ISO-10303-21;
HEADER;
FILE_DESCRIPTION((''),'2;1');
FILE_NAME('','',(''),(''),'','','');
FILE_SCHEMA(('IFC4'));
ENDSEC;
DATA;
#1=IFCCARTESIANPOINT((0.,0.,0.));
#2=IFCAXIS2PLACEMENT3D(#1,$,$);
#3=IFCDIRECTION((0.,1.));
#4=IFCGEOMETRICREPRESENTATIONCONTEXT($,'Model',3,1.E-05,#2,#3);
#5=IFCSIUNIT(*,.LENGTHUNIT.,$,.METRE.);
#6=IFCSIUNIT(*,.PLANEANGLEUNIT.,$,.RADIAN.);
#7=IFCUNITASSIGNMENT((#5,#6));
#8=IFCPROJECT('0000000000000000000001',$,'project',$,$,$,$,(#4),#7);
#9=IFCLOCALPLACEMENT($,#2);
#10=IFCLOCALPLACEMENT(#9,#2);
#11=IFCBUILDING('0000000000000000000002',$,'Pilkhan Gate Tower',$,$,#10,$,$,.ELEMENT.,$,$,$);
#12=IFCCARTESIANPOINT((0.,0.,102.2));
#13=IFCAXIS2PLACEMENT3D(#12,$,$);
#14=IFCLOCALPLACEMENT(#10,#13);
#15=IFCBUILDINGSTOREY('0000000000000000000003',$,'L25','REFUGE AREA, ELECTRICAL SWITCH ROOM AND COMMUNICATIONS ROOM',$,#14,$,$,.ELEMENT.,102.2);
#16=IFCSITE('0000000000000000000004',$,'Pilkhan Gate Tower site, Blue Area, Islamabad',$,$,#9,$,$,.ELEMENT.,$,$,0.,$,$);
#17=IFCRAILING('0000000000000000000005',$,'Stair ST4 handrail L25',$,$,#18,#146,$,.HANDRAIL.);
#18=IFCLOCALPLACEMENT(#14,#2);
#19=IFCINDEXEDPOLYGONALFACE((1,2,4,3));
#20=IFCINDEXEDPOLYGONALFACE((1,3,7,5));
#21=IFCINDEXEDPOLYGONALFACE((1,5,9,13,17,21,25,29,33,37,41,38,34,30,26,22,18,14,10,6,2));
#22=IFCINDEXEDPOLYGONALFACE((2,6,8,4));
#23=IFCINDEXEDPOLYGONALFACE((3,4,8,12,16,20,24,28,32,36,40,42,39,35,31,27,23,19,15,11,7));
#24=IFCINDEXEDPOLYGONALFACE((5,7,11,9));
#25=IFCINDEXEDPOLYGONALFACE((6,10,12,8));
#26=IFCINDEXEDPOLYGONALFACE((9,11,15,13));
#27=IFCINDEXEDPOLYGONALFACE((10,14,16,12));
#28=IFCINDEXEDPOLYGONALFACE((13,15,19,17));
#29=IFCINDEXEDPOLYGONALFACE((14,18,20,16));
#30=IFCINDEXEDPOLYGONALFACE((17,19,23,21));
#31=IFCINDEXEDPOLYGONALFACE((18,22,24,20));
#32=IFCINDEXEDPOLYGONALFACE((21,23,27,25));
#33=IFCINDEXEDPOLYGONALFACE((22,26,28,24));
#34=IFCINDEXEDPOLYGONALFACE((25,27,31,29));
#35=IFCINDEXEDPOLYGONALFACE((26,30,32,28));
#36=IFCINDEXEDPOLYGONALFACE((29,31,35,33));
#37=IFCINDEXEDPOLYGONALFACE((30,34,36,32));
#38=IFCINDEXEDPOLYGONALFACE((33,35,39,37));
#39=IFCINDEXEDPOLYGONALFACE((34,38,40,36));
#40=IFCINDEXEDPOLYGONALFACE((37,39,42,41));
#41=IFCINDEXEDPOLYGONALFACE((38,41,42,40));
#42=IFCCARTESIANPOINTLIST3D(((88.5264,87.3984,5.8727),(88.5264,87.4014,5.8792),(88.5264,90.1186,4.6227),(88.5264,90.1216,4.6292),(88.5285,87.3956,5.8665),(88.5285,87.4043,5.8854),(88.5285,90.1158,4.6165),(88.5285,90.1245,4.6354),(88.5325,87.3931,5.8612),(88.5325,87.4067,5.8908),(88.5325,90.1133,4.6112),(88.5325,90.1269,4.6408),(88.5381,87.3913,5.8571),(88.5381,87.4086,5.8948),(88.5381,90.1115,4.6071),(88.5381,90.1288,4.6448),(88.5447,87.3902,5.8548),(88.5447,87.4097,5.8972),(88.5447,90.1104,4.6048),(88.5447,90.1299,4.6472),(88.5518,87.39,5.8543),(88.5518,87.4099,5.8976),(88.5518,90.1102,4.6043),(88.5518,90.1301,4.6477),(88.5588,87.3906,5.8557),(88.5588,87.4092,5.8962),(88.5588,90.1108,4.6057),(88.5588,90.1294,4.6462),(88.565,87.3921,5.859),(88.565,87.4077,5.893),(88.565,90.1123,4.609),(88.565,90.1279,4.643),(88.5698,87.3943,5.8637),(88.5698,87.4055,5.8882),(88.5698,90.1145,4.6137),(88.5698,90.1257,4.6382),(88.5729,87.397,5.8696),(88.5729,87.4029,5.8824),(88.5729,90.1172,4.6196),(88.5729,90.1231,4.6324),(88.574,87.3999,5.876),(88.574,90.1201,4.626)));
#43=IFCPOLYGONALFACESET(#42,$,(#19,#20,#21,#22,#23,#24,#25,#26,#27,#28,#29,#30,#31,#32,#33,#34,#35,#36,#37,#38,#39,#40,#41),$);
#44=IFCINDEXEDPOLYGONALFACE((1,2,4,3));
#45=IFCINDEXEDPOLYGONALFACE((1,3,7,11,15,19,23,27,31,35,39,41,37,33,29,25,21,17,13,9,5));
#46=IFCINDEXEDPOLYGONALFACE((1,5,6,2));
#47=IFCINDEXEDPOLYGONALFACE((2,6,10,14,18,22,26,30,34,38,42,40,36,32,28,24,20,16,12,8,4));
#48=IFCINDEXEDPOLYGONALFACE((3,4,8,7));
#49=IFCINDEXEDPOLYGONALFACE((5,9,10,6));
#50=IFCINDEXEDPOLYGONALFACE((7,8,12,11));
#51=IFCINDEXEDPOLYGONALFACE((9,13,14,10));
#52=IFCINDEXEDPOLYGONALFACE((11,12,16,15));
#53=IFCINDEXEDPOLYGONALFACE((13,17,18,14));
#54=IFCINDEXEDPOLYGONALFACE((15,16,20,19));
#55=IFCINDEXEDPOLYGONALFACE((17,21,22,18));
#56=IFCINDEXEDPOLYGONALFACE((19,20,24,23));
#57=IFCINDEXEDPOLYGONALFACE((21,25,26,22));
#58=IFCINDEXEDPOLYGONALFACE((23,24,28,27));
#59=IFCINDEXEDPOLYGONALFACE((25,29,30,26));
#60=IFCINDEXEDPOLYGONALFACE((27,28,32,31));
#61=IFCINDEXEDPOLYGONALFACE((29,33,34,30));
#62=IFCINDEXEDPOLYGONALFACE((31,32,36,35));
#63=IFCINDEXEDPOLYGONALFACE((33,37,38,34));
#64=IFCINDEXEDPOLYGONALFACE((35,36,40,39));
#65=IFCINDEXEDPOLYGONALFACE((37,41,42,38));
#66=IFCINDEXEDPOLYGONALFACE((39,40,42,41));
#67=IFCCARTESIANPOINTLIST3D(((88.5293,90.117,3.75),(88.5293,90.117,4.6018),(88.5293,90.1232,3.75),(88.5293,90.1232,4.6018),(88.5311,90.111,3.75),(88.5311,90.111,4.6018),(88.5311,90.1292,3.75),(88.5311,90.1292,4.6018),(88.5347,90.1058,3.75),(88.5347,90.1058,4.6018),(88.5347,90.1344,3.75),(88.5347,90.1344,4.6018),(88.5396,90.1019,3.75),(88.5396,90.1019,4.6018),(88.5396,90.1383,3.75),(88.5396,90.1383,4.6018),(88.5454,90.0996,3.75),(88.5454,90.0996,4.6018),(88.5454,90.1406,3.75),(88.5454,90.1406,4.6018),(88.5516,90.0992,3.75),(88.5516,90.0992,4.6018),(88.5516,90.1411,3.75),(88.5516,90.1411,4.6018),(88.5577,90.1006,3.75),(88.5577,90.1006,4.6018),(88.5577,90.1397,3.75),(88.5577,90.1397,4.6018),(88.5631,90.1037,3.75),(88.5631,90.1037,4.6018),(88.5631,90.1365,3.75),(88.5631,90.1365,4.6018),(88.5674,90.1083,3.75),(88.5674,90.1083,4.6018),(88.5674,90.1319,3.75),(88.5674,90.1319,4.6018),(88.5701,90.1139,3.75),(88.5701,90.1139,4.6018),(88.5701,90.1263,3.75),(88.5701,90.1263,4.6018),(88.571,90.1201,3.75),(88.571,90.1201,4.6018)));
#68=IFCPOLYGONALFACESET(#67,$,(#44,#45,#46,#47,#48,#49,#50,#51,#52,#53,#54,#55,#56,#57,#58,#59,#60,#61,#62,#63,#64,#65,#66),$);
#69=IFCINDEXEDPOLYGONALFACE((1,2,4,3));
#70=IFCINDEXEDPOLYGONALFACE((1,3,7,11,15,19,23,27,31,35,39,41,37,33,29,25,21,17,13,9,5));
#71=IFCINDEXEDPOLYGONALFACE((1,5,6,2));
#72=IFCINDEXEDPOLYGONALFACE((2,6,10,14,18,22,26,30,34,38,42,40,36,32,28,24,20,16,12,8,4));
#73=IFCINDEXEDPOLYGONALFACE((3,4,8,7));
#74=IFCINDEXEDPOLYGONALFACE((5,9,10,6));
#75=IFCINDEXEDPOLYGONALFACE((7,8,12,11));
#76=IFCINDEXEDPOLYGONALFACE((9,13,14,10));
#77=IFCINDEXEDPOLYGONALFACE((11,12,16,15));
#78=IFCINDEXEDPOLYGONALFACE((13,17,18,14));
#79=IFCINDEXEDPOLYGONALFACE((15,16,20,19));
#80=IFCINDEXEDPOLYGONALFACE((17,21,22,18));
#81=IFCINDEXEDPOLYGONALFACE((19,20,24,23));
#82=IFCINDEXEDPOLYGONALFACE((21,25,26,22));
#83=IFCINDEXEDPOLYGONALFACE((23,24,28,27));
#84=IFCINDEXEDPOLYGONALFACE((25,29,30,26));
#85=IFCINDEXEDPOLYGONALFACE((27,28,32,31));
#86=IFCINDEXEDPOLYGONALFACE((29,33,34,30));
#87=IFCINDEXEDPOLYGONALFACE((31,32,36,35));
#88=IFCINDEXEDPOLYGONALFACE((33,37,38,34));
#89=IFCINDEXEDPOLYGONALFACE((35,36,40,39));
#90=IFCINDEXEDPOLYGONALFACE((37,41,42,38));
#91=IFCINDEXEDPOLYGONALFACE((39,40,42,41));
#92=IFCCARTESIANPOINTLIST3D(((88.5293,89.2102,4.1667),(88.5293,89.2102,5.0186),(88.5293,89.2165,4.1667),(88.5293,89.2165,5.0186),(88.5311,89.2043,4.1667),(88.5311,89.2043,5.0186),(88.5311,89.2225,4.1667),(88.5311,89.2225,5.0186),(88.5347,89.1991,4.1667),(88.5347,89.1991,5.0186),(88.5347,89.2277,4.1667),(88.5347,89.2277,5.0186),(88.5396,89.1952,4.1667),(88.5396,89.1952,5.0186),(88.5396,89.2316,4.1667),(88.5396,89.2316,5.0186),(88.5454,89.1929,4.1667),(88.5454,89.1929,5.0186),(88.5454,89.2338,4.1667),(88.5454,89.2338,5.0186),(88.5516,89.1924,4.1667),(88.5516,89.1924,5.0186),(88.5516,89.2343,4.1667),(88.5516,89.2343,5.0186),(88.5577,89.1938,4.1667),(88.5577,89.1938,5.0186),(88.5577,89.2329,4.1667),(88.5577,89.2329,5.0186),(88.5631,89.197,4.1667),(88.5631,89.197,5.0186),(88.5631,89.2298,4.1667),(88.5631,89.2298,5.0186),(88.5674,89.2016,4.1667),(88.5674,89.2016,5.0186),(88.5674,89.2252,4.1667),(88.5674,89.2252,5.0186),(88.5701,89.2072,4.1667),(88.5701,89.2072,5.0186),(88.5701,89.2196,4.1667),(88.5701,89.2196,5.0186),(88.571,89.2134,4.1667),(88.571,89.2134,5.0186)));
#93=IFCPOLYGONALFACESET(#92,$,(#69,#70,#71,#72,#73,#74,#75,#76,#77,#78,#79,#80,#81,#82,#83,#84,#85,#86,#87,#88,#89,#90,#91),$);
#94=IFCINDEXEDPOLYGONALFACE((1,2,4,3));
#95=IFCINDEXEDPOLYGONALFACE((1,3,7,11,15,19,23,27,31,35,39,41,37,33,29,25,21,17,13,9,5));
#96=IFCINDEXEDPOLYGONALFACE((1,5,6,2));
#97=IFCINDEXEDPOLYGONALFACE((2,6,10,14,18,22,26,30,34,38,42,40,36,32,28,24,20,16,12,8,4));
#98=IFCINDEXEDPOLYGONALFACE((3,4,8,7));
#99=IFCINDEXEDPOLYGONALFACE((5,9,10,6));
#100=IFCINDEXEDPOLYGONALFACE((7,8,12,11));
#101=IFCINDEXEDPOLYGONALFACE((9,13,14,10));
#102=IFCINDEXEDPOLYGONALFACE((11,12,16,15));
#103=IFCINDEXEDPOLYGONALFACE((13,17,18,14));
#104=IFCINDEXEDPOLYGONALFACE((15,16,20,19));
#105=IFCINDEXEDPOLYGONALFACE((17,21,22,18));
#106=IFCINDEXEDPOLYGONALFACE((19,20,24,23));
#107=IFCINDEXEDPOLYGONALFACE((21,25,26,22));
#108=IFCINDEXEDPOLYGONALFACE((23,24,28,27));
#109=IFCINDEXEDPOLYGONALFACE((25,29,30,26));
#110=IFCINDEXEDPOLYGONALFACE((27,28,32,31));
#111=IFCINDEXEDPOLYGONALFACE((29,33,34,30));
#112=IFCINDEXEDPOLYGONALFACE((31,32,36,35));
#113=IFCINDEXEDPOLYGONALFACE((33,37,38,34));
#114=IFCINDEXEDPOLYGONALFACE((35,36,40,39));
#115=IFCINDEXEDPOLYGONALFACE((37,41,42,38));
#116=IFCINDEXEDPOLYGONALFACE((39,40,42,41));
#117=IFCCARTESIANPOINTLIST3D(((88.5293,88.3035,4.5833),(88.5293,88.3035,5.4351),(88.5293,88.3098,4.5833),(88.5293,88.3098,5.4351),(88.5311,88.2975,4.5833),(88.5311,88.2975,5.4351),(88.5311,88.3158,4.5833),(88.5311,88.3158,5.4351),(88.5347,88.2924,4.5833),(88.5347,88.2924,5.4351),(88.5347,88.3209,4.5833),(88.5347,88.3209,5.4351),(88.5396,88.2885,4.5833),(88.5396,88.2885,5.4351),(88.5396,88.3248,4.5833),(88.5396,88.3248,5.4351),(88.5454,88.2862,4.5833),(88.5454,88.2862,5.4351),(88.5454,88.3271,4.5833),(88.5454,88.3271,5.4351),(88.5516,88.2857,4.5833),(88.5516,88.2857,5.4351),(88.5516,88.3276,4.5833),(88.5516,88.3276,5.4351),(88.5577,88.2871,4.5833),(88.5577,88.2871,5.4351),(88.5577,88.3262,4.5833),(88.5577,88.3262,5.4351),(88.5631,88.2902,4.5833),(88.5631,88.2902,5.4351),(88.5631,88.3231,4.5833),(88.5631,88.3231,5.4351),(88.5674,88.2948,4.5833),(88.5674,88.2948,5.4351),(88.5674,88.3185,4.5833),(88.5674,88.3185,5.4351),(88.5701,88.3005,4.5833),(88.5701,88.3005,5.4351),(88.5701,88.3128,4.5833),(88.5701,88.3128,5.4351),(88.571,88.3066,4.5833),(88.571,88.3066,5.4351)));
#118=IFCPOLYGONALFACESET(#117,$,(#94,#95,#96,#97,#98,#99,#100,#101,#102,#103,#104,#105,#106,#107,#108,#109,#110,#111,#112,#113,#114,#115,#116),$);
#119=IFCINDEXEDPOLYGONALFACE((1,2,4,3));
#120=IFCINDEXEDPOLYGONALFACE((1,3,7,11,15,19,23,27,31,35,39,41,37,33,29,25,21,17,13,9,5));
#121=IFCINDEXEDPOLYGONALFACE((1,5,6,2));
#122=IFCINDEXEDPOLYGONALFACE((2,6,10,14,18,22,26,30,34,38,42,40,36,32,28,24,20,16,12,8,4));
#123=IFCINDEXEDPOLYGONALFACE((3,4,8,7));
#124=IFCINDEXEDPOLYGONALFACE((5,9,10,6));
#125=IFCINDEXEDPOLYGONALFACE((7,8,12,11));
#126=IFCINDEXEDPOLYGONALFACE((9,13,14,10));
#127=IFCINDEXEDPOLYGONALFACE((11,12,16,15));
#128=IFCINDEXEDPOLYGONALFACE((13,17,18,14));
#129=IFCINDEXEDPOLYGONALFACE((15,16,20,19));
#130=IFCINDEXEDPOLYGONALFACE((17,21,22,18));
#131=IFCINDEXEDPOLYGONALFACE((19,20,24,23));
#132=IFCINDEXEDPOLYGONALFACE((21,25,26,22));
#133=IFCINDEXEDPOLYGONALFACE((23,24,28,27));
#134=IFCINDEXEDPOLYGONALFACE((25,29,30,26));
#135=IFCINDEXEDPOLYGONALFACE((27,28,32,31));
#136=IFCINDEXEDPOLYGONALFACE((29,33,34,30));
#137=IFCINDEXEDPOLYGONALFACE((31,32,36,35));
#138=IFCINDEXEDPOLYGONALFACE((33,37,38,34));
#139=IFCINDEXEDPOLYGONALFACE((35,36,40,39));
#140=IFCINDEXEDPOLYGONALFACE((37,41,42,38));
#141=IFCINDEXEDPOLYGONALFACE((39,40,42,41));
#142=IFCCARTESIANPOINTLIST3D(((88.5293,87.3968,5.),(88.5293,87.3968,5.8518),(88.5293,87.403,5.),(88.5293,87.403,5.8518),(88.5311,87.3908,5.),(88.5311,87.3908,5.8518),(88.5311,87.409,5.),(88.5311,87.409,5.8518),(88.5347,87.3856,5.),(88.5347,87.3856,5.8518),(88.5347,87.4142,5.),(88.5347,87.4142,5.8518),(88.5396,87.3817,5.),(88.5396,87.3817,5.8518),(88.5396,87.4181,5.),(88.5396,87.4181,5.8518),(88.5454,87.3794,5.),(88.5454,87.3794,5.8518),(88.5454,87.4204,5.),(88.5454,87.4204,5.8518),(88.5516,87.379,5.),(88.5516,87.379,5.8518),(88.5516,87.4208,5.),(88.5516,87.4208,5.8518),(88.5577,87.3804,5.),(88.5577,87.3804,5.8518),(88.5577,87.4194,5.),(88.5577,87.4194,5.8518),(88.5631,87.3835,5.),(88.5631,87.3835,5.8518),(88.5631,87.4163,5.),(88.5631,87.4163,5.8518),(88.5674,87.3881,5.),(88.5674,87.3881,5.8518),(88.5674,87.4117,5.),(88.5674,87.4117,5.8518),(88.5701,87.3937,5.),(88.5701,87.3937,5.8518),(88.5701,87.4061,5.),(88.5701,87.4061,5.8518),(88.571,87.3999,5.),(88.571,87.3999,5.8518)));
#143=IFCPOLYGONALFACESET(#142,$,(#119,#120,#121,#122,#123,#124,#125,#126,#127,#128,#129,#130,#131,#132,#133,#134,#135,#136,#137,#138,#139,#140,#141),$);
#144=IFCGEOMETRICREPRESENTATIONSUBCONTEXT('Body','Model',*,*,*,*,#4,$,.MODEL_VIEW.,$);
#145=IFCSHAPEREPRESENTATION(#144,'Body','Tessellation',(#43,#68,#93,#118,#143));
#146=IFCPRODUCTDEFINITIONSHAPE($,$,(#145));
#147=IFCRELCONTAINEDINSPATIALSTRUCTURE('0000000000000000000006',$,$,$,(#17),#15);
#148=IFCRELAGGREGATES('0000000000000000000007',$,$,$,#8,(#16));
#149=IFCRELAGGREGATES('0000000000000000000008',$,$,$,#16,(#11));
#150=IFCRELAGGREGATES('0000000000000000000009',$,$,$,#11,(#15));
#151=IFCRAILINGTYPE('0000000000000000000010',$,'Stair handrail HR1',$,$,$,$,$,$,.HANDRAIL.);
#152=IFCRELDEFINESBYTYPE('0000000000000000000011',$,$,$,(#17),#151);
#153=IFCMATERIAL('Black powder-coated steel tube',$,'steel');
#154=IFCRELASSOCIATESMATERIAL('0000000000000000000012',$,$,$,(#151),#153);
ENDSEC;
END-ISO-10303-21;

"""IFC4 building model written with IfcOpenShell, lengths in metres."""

from ifc_helpers import new_model, si_unit, direction, frame, origin, origin_2d, place, context, subcontext, project, spatial, circle, extrude, material, type_object, element, save


model = new_model("IFC4")

# Units and contexts
model_context = context("Model", 3, precision=1e-05, world=origin(), true_north=direction((0.0, 1.0)))
body_context = subcontext(model_context, "Body", "Model", "MODEL_VIEW")
ifc_project = project(units=[si_unit("LENGTHUNIT", "METRE"), si_unit("PLANEANGLEUNIT", "RADIAN")], contexts=[model_context])

# Site, building, storey
site_placement = place(None, origin())
site = spatial("IfcSite", under=ifc_project, at=site_placement, Name="Pilkhan Gate Tower site, Blue Area, Islamabad", CompositionType="ELEMENT", RefElevation=0.0)
building_placement = place(site_placement, origin())
building = spatial("IfcBuilding", under=site, at=building_placement, Name="Pilkhan Gate Tower", CompositionType="ELEMENT")
storey_placement = place(building_placement, frame((0.0, 0.0, 102.2)))
storey = spatial("IfcBuildingStorey", under=building, at=storey_placement, Name="L25", Description="REFUGE AREA, ELECTRICAL SWITCH ROOM AND COMMUNICATIONS ROOM", CompositionType="ELEMENT", Elevation=102.2)

# Railing
ifc_material_1 = material(Name="Black powder-coated steel tube", Category="steel")
railing_type_1 = type_object("IfcRailingType", Name="Stair handrail HR1", PredefinedType="HANDRAIL", material=ifc_material_1)
railing_1_placement = place(storey_placement, frame((88.55, 90.1201, 3.75)))
element("IfcRailing", 1, at=railing_1_placement, inside=storey, type_object=railing_type_1, Name="Stair ST4 handrail L25", PredefinedType="HANDRAIL", context=body_context, shape_type="SweptSolid", body=[
    extrude(circle(Radius=0.0239, at=origin_2d()), frame((0.0, 0.0, 0.876), z_axis=(0.0, -0.908655, 0.417547), x_axis=(1.0, 0.0, 0.0)), (0.0, 0.0, 1.0), 2.9937),
    extrude(circle(Radius=0.021, at=origin_2d()), origin(), (0.0, 0.0, 1.0), 0.8518),
    extrude(circle(Radius=0.021, at=origin_2d()), frame((0.0, -0.9067, 0.4167)), (0.0, 0.0, 1.0), 0.8518),
    extrude(circle(Radius=0.021, at=origin_2d()), frame((0.0, -1.8135, 0.8333)), (0.0, 0.0, 1.0), 0.8518),
    extrude(circle(Radius=0.021, at=origin_2d()), frame((0.0, -2.7202, 1.25)), (0.0, 0.0, 1.0), 0.8518),
])

save(model, "model.ifc")
